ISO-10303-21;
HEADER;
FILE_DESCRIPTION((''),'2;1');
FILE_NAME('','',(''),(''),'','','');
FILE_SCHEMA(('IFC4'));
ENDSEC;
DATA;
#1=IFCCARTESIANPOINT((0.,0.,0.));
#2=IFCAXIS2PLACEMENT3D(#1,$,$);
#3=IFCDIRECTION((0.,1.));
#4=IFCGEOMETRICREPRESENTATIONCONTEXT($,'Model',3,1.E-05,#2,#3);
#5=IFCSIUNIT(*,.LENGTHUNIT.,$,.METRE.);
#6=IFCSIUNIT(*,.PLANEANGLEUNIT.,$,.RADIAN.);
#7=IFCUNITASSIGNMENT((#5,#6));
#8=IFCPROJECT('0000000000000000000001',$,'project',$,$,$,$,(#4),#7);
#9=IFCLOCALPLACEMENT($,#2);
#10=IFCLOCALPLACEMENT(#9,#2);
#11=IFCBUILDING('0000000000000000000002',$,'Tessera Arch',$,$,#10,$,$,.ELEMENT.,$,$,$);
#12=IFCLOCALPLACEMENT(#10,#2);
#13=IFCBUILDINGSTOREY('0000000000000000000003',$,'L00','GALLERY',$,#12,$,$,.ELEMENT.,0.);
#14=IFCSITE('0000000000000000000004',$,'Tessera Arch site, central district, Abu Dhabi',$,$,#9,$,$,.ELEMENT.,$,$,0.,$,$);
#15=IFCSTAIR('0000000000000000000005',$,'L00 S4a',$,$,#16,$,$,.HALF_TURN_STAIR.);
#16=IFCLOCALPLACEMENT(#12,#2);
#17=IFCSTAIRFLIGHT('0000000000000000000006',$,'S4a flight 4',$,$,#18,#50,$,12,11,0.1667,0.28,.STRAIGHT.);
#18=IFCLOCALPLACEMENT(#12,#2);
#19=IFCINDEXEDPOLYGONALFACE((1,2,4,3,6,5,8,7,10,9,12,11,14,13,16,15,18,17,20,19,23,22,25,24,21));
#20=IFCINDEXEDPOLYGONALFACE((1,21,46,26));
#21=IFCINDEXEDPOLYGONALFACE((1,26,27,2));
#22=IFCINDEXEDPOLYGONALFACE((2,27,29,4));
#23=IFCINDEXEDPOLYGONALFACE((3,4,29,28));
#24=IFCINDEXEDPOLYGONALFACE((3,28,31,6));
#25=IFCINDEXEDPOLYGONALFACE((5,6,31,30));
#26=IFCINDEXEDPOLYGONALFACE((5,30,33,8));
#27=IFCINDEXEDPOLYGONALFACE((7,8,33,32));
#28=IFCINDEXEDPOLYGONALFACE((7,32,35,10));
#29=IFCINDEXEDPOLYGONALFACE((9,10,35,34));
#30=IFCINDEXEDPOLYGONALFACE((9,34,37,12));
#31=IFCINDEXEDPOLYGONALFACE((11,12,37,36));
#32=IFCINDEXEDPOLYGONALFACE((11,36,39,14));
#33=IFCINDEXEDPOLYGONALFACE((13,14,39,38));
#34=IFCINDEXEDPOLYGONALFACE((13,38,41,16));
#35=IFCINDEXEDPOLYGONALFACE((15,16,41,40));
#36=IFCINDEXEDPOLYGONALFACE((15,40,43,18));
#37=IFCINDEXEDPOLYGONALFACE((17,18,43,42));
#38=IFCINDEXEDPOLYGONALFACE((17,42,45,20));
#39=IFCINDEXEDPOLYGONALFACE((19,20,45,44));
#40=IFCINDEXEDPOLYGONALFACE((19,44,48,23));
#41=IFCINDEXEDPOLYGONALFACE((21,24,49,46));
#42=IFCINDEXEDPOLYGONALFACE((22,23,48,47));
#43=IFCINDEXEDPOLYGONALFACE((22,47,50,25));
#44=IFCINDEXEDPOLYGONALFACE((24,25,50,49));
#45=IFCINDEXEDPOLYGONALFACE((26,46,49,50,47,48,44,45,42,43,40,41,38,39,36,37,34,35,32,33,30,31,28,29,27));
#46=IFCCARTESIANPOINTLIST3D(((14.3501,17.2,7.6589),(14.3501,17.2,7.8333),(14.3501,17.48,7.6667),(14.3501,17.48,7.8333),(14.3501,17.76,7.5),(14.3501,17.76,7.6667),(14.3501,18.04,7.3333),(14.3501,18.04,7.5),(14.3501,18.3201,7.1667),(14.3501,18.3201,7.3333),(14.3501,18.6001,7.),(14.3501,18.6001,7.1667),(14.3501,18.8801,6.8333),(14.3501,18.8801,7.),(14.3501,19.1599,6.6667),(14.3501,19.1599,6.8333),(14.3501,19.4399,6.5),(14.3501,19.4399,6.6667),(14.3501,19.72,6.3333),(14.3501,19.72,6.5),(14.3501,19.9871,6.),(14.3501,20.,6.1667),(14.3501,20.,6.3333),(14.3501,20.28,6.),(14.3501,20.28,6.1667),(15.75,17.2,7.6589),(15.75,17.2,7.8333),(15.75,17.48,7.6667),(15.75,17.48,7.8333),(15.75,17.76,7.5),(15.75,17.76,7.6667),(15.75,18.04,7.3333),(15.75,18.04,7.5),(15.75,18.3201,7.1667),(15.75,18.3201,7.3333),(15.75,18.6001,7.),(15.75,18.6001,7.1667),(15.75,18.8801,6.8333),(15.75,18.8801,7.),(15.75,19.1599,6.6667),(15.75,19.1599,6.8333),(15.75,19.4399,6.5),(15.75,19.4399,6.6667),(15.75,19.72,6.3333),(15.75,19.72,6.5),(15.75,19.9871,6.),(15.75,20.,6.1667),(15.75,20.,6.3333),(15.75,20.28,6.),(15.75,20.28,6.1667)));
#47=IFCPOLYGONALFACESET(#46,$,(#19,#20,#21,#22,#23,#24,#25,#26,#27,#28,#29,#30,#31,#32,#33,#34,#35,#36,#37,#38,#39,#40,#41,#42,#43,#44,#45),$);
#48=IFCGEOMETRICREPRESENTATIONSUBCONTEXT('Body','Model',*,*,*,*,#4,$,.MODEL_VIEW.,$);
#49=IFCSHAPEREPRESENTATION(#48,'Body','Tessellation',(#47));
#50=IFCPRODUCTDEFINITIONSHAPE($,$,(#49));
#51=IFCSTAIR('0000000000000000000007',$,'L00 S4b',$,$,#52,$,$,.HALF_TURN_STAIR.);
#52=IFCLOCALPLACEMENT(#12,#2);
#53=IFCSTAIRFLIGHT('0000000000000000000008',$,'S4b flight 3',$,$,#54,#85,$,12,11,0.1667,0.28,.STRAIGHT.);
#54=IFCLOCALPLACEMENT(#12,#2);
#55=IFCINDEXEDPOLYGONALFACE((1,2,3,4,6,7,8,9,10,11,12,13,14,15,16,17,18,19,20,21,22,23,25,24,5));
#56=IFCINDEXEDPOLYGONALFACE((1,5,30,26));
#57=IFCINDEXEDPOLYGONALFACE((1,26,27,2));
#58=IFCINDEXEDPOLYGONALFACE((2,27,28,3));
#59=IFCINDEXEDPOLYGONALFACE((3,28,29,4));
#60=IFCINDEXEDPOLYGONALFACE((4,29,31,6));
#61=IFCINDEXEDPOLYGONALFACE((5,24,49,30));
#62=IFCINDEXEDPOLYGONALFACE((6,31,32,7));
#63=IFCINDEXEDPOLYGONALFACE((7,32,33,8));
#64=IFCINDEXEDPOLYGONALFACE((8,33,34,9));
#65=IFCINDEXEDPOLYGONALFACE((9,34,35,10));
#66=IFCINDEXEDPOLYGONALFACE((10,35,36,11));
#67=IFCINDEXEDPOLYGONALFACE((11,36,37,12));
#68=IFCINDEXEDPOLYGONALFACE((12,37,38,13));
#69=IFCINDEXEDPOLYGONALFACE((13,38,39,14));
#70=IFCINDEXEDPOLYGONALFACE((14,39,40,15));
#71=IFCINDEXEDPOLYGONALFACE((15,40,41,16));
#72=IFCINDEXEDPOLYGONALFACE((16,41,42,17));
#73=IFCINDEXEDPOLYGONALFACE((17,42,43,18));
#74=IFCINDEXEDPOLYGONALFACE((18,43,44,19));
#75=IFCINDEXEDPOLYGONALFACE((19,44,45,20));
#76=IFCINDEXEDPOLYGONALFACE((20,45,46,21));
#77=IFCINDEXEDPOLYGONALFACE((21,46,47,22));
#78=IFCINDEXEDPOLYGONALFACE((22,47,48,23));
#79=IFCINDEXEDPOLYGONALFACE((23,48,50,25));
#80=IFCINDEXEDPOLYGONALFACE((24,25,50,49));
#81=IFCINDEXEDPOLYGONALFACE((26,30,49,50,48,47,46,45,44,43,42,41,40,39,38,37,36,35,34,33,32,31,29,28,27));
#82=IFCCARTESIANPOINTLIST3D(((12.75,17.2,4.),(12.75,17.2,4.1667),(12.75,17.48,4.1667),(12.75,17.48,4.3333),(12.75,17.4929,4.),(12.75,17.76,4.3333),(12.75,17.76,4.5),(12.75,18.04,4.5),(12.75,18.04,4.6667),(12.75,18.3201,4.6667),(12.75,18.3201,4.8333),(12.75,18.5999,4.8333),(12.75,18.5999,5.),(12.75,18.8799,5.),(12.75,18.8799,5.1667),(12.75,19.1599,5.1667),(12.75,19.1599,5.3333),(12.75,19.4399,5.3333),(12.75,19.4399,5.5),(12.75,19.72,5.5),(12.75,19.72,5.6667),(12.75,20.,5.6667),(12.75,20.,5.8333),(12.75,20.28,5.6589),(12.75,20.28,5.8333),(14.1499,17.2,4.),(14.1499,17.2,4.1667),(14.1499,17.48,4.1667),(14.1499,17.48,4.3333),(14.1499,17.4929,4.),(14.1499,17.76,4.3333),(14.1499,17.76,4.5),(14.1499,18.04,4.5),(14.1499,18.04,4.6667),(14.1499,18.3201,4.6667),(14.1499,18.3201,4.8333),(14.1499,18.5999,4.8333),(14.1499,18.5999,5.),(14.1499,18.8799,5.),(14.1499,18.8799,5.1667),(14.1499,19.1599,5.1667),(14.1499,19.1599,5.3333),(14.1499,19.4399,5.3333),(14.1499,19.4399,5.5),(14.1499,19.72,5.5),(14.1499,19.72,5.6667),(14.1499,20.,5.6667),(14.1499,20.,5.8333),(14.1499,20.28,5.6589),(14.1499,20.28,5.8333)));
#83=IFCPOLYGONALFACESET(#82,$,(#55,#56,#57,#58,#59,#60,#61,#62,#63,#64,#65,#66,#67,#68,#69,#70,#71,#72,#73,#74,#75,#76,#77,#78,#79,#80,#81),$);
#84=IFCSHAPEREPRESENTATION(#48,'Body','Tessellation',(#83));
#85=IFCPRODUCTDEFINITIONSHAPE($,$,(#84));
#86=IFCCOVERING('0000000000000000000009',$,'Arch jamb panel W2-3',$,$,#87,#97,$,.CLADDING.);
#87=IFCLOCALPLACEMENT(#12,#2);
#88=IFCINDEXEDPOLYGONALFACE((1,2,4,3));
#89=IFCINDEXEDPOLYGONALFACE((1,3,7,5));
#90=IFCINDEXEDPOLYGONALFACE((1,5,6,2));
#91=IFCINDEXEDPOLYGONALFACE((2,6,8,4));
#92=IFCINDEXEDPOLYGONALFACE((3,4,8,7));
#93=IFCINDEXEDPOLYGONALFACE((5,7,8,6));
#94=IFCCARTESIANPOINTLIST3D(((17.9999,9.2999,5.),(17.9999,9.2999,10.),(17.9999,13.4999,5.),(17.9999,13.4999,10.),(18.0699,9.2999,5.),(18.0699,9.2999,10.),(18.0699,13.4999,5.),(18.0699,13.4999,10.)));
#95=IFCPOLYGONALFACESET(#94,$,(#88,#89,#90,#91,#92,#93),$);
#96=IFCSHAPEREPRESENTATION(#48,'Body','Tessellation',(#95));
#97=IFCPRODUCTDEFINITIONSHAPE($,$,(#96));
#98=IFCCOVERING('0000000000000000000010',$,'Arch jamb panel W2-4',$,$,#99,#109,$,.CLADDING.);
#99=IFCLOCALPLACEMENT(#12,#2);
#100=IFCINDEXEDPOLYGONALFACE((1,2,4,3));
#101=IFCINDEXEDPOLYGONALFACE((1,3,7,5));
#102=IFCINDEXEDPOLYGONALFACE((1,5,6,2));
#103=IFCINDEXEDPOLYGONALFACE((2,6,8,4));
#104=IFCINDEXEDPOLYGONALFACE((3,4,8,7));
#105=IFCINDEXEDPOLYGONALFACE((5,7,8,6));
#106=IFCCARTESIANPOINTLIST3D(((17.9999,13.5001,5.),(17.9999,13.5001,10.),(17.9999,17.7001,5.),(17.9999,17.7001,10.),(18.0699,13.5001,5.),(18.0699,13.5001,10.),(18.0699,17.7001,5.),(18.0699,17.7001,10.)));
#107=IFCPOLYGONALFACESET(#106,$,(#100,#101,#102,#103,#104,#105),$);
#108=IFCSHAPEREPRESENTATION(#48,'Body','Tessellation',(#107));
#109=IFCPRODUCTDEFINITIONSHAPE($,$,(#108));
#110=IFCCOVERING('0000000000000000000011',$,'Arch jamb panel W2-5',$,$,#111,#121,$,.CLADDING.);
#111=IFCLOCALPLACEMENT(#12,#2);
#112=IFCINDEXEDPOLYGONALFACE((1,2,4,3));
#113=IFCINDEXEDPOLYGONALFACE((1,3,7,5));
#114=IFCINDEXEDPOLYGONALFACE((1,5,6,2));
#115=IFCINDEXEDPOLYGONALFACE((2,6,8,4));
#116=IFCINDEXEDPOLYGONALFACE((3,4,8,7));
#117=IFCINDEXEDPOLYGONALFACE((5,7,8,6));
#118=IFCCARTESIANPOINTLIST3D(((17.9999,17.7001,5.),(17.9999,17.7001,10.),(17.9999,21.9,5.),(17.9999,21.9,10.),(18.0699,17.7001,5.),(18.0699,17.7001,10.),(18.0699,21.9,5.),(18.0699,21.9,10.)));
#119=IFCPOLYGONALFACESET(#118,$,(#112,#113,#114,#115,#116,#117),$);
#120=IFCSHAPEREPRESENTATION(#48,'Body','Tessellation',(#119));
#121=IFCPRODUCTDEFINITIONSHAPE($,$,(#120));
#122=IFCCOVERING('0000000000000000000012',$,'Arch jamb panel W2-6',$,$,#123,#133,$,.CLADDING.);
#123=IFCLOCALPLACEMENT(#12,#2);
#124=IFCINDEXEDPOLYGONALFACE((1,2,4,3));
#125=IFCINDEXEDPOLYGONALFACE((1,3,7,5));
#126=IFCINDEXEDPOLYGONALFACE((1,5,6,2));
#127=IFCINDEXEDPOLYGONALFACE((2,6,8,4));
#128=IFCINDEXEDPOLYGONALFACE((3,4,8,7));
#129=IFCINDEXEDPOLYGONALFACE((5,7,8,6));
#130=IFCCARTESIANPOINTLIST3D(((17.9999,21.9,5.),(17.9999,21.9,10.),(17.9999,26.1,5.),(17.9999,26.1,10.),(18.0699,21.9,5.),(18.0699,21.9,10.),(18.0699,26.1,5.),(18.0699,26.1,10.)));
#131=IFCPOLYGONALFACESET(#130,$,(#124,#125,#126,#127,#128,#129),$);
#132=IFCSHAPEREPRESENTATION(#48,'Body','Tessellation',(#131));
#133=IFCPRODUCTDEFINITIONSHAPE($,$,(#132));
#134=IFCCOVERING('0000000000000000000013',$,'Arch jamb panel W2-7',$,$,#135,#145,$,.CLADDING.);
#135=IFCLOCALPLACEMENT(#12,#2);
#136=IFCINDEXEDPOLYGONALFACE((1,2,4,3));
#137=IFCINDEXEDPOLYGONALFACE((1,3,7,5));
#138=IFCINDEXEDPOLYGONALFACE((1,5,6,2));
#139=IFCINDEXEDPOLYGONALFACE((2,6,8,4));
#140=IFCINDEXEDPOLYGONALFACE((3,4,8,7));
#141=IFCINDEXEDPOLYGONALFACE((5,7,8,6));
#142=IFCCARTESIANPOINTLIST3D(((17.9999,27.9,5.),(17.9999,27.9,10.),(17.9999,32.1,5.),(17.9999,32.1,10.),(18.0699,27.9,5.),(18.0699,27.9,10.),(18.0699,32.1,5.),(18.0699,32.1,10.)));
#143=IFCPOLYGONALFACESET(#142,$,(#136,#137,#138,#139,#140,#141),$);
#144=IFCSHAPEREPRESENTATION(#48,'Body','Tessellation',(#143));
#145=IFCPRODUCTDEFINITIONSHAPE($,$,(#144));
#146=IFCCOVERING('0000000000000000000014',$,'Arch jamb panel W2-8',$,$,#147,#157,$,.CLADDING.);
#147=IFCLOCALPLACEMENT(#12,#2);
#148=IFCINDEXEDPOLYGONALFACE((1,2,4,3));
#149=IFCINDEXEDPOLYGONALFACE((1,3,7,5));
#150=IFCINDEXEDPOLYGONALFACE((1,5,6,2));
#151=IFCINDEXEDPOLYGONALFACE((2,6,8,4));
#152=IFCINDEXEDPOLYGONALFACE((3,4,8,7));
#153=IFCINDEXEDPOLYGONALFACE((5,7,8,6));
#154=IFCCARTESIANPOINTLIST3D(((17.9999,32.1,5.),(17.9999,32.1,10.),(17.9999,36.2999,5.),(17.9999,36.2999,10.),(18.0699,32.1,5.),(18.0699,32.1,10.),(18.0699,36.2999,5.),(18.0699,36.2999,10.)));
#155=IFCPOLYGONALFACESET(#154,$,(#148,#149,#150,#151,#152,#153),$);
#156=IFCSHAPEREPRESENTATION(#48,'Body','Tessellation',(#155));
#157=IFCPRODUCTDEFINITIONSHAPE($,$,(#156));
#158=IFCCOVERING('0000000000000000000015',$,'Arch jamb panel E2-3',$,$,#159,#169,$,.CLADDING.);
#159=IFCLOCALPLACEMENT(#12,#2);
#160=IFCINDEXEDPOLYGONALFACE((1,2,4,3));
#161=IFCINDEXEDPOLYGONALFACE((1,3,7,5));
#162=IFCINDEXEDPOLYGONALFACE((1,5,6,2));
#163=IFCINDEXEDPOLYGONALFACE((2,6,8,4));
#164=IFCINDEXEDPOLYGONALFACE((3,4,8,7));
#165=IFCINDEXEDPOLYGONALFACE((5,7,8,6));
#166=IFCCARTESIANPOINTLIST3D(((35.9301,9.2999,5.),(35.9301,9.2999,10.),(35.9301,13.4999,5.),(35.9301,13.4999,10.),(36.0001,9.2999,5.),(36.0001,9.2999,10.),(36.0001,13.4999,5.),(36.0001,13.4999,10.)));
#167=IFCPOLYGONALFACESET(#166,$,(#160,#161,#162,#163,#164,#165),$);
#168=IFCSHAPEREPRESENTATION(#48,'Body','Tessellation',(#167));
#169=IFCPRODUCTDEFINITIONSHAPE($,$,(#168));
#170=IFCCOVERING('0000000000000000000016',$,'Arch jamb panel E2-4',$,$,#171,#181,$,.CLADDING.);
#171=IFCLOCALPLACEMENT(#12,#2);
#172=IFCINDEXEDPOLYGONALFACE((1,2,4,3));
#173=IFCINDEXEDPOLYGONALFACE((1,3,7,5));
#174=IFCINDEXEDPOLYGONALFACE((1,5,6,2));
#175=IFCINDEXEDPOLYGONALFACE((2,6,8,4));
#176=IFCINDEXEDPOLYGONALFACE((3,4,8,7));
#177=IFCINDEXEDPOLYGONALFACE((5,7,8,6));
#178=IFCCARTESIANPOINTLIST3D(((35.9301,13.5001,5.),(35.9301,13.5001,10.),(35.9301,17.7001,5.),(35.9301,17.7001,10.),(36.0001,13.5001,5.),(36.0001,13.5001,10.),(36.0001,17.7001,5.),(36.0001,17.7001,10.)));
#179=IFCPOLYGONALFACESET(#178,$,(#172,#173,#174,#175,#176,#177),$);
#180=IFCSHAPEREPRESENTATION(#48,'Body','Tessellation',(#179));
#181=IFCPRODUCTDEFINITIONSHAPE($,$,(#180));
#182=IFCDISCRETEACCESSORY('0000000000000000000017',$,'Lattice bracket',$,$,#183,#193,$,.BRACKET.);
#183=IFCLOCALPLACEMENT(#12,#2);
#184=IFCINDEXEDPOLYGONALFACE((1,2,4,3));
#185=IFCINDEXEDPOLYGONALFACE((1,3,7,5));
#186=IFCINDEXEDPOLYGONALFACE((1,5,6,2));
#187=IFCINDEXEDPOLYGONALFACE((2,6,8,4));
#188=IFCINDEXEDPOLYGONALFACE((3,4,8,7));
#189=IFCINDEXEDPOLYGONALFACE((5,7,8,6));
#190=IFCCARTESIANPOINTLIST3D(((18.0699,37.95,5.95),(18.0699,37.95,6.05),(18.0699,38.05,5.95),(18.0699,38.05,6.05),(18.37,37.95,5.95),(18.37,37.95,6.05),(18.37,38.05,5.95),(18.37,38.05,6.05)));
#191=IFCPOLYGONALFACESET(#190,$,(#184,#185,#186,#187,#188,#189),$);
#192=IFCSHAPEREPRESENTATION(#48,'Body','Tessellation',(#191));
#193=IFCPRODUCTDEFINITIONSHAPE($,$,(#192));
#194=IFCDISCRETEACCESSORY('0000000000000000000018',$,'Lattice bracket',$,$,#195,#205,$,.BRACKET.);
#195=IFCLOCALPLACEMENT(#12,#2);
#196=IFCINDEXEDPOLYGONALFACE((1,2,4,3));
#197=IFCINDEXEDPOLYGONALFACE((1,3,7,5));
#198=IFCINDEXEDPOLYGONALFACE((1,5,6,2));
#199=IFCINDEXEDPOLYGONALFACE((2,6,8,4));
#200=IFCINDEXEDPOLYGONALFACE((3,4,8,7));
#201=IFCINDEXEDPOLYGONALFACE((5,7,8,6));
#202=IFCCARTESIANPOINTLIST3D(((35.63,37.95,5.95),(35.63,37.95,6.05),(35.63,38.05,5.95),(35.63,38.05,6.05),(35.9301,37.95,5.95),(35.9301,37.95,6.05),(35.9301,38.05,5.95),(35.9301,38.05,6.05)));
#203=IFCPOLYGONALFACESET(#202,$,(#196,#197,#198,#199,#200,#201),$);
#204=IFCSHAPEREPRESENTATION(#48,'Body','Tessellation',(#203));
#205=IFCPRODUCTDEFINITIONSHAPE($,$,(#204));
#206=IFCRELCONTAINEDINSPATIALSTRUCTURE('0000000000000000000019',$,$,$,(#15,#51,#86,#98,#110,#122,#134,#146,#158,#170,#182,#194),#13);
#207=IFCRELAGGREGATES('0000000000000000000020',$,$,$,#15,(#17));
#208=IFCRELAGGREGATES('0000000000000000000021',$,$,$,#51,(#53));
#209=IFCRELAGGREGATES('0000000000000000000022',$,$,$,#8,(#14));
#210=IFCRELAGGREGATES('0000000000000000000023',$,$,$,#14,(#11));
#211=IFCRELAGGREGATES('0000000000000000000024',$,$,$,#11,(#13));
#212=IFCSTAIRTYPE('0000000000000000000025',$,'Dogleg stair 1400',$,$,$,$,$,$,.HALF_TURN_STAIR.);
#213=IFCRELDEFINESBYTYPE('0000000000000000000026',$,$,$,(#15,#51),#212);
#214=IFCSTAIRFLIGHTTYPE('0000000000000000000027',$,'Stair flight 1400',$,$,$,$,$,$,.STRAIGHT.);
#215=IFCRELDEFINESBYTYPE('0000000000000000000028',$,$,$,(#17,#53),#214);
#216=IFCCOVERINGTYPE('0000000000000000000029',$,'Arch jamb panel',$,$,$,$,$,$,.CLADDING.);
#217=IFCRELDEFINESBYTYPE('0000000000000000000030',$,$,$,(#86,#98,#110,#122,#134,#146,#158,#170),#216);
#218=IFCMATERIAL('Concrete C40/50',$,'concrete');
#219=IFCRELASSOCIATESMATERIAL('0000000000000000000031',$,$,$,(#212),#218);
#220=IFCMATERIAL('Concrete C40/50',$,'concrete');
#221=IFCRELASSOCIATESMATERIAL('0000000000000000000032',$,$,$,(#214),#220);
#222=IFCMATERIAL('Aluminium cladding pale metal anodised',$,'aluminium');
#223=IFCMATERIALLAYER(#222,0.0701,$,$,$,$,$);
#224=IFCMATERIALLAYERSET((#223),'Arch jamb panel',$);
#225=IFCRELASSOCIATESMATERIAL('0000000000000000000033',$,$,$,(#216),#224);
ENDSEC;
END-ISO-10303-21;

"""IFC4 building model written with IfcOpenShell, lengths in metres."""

from ifc_helpers import new_model, si_unit, direction, frame, origin, origin_2d, place, context, subcontext, project, spatial, polyline, rectangle, outline, extrude, material, layer, layer_set, type_object, element, aggregate, save


model = new_model("IFC4")

# Units and contexts
model_context = context("Model", 3, precision=1e-05, world=origin(), true_north=direction((0.0, 1.0)))
body_context = subcontext(model_context, "Body", "Model", "MODEL_VIEW")
ifc_project = project(units=[si_unit("LENGTHUNIT", "METRE"), si_unit("PLANEANGLEUNIT", "RADIAN")], contexts=[model_context])

# Site, building, storey
site_placement = place(None, origin())
site = spatial("IfcSite", under=ifc_project, at=site_placement, Name="Tessera Arch site, central district, Abu Dhabi", CompositionType="ELEMENT", RefElevation=0.0)
building_placement = place(site_placement, origin())
building = spatial("IfcBuilding", under=site, at=building_placement, Name="Tessera Arch", CompositionType="ELEMENT")
storey_placement = place(building_placement, origin())
storey = spatial("IfcBuildingStorey", under=building, at=storey_placement, Name="L00", Description="GALLERY", CompositionType="ELEMENT", Elevation=0.0)

# Stair, stair flight
ifc_material_1 = material(Name="Concrete C40/50", Category="concrete")
stair_type = type_object("IfcStairType", Name="Dogleg stair 1400", PredefinedType="HALF_TURN_STAIR", material=ifc_material_1)
stair_1_placement = place(storey_placement, origin())
stair_1 = element("IfcStair", 1, at=stair_1_placement, inside=storey, type_object=stair_type, Name="L00 S4a", PredefinedType="HALF_TURN_STAIR")
ifc_material_2 = material(Name="Concrete C40/50", Category="concrete")
stair_flight_type = type_object("IfcStairFlightType", Name="Stair flight 1400", PredefinedType="STRAIGHT", material=ifc_material_2)
stair_flight_1_placement = place(storey_placement, frame((15.05, 20.28, 6.0), z_axis=(0.0, 0.0, 1.0), x_axis=(0.0, -1.0, 0.0)))
stair_flight_1 = element("IfcStairFlight", 2, at=stair_flight_1_placement, type_object=stair_flight_type, Name="S4a flight 4", NumberOfRisers=12, NumberOfTreads=11, PredefinedType="STRAIGHT", RiserHeight=0.1667, TreadLength=0.28, context=body_context, shape_type="SweptSolid", body=[
    extrude(outline(polyline([(0.0, 0.0), (0.0, 0.1667), (0.28, 0.1667), (0.28, 0.3333), (0.5601, 0.3333), (0.5601, 0.5), (0.8401, 0.5), (0.8401, 0.6667), (1.1201, 0.6667), (1.1201, 0.8333), (1.3999, 0.8333), (1.3999, 1.0), (1.6799, 1.0), (1.6799, 1.1667), (1.96, 1.1667), (1.96, 1.3333), (2.24, 1.3333), (2.24, 1.5), (2.52, 1.5), (2.52, 1.6667), (2.8, 1.6667), (2.8, 1.8333), (3.0801, 1.8333), (3.0801, 2.0), (3.0801, 1.6589), (0.293, 0.0), (0.0, 0.0)])), frame((0.0, 0.7, 0.0), z_axis=(0.0, -1.0, 0.0), x_axis=(1.0, 0.0, 0.0)), (0.0, 0.0, 1.0), 1.3999),
])
aggregate(stair_1, [stair_flight_1])

# Stair, stair flight
stair_2_placement = place(storey_placement, origin())
stair_2 = element("IfcStair", 3, at=stair_2_placement, inside=storey, type_object=stair_type, Name="L00 S4b", PredefinedType="HALF_TURN_STAIR")
stair_flight_2_placement = place(storey_placement, frame((13.45, 17.2, 4.0), z_axis=(0.0, 0.0, 1.0), x_axis=(0.0, 1.0, 0.0)))
stair_flight_2 = element("IfcStairFlight", 4, at=stair_flight_2_placement, type_object=stair_flight_type, Name="S4b flight 3", NumberOfRisers=12, NumberOfTreads=11, PredefinedType="STRAIGHT", RiserHeight=0.1667, TreadLength=0.28, context=body_context, shape_type="SweptSolid", body=[
    extrude(outline(polyline([(0.0, 0.0), (0.0, 0.1667), (0.28, 0.1667), (0.28, 0.3333), (0.5601, 0.3333), (0.5601, 0.5), (0.8401, 0.5), (0.8401, 0.6667), (1.1201, 0.6667), (1.1201, 0.8333), (1.3999, 0.8333), (1.3999, 1.0), (1.6799, 1.0), (1.6799, 1.1667), (1.96, 1.1667), (1.96, 1.3333), (2.24, 1.3333), (2.24, 1.5), (2.52, 1.5), (2.52, 1.6667), (2.8, 1.6667), (2.8, 1.8333), (3.0801, 1.8333), (3.0801, 2.0), (3.0801, 1.6589), (0.293, 0.0), (0.0, 0.0)])), frame((0.0, 0.7, 0.0), z_axis=(0.0, -1.0, 0.0), x_axis=(1.0, 0.0, 0.0)), (0.0, 0.0, 1.0), 1.3999),
])
aggregate(stair_2, [stair_flight_2])

# Coverings
ifc_material_3 = material(Name="Aluminium cladding pale metal anodised", Category="aluminium")
ifc_layer = layer(ifc_material_3, 0.0701)
ifc_layer_set = layer_set([ifc_layer], Name="Arch jamb panel")
covering_type = type_object("IfcCoveringType", Name="Arch jamb panel", PredefinedType="CLADDING", material=ifc_layer_set)
for number, where, z_axis, x_axis, name in (
    (5, (18.0349, 11.3999, 5.0), (0.0, 0.0, 1.0), (1.0, 0.0, 0.0), "Arch jamb panel W2-3"),
    (6, (18.0349, 15.6001, 5.0), (0.0, 0.0, 1.0), (1.0, 0.0, 0.0), "Arch jamb panel W2-4"),
    (7, (18.0349, 19.8, 5.0), (0.0, 0.0, 1.0), (1.0, 0.0, 0.0), "Arch jamb panel W2-5"),
    (8, (18.0349, 24.0, 5.0), (0.0, 0.0, 1.0), (1.0, 0.0, 0.0), "Arch jamb panel W2-6"),
    (9, (18.0349, 30.0, 5.0), (0.0, 0.0, 1.0), (1.0, 0.0, 0.0), "Arch jamb panel W2-7"),
    (10, (18.0349, 34.2, 5.0), (0.0, 0.0, 1.0), (1.0, 0.0, 0.0), "Arch jamb panel W2-8"),
    (11, (35.9651, 11.3999, 5.0), (0.0, 0.0, 1.0), (1.0, 0.0, 0.0), "Arch jamb panel E2-3"),
    (12, (35.9651, 15.6001, 5.0), (0.0, 0.0, 1.0), (1.0, 0.0, 0.0), "Arch jamb panel E2-4"),
):
    element("IfcCovering", number, at=place(storey_placement, frame(where, z_axis=z_axis, x_axis=x_axis)), inside=storey, type_object=covering_type, Name=name, PredefinedType="CLADDING", context=body_context, shape_type="SweptSolid", body=[
        extrude(rectangle(XDim=0.0701, YDim=4.2, at=origin_2d()), origin(), (0.0, 0.0, 1.0), 5.0),
    ])

# Discrete accessories
for number, where, z_axis, x_axis, name in (
    (13, (18.22, 38.0, 5.95), (0.0, 0.0, 1.0), (1.0, 0.0, 0.0), "Lattice bracket"),
    (14, (35.78, 38.0, 5.95), (0.0, 0.0, 1.0), (-1.0, 0.0, 0.0), "Lattice bracket"),
):
    element("IfcDiscreteAccessory", number, at=place(storey_placement, frame(where, z_axis=z_axis, x_axis=x_axis)), inside=storey, Name=name, PredefinedType="BRACKET", context=body_context, shape_type="SweptSolid", body=[
        extrude(rectangle(XDim=0.3, YDim=0.1001, at=origin_2d()), origin(), (0.0, 0.0, 1.0), 0.1001),
    ])

save(model, "model.ifc")
